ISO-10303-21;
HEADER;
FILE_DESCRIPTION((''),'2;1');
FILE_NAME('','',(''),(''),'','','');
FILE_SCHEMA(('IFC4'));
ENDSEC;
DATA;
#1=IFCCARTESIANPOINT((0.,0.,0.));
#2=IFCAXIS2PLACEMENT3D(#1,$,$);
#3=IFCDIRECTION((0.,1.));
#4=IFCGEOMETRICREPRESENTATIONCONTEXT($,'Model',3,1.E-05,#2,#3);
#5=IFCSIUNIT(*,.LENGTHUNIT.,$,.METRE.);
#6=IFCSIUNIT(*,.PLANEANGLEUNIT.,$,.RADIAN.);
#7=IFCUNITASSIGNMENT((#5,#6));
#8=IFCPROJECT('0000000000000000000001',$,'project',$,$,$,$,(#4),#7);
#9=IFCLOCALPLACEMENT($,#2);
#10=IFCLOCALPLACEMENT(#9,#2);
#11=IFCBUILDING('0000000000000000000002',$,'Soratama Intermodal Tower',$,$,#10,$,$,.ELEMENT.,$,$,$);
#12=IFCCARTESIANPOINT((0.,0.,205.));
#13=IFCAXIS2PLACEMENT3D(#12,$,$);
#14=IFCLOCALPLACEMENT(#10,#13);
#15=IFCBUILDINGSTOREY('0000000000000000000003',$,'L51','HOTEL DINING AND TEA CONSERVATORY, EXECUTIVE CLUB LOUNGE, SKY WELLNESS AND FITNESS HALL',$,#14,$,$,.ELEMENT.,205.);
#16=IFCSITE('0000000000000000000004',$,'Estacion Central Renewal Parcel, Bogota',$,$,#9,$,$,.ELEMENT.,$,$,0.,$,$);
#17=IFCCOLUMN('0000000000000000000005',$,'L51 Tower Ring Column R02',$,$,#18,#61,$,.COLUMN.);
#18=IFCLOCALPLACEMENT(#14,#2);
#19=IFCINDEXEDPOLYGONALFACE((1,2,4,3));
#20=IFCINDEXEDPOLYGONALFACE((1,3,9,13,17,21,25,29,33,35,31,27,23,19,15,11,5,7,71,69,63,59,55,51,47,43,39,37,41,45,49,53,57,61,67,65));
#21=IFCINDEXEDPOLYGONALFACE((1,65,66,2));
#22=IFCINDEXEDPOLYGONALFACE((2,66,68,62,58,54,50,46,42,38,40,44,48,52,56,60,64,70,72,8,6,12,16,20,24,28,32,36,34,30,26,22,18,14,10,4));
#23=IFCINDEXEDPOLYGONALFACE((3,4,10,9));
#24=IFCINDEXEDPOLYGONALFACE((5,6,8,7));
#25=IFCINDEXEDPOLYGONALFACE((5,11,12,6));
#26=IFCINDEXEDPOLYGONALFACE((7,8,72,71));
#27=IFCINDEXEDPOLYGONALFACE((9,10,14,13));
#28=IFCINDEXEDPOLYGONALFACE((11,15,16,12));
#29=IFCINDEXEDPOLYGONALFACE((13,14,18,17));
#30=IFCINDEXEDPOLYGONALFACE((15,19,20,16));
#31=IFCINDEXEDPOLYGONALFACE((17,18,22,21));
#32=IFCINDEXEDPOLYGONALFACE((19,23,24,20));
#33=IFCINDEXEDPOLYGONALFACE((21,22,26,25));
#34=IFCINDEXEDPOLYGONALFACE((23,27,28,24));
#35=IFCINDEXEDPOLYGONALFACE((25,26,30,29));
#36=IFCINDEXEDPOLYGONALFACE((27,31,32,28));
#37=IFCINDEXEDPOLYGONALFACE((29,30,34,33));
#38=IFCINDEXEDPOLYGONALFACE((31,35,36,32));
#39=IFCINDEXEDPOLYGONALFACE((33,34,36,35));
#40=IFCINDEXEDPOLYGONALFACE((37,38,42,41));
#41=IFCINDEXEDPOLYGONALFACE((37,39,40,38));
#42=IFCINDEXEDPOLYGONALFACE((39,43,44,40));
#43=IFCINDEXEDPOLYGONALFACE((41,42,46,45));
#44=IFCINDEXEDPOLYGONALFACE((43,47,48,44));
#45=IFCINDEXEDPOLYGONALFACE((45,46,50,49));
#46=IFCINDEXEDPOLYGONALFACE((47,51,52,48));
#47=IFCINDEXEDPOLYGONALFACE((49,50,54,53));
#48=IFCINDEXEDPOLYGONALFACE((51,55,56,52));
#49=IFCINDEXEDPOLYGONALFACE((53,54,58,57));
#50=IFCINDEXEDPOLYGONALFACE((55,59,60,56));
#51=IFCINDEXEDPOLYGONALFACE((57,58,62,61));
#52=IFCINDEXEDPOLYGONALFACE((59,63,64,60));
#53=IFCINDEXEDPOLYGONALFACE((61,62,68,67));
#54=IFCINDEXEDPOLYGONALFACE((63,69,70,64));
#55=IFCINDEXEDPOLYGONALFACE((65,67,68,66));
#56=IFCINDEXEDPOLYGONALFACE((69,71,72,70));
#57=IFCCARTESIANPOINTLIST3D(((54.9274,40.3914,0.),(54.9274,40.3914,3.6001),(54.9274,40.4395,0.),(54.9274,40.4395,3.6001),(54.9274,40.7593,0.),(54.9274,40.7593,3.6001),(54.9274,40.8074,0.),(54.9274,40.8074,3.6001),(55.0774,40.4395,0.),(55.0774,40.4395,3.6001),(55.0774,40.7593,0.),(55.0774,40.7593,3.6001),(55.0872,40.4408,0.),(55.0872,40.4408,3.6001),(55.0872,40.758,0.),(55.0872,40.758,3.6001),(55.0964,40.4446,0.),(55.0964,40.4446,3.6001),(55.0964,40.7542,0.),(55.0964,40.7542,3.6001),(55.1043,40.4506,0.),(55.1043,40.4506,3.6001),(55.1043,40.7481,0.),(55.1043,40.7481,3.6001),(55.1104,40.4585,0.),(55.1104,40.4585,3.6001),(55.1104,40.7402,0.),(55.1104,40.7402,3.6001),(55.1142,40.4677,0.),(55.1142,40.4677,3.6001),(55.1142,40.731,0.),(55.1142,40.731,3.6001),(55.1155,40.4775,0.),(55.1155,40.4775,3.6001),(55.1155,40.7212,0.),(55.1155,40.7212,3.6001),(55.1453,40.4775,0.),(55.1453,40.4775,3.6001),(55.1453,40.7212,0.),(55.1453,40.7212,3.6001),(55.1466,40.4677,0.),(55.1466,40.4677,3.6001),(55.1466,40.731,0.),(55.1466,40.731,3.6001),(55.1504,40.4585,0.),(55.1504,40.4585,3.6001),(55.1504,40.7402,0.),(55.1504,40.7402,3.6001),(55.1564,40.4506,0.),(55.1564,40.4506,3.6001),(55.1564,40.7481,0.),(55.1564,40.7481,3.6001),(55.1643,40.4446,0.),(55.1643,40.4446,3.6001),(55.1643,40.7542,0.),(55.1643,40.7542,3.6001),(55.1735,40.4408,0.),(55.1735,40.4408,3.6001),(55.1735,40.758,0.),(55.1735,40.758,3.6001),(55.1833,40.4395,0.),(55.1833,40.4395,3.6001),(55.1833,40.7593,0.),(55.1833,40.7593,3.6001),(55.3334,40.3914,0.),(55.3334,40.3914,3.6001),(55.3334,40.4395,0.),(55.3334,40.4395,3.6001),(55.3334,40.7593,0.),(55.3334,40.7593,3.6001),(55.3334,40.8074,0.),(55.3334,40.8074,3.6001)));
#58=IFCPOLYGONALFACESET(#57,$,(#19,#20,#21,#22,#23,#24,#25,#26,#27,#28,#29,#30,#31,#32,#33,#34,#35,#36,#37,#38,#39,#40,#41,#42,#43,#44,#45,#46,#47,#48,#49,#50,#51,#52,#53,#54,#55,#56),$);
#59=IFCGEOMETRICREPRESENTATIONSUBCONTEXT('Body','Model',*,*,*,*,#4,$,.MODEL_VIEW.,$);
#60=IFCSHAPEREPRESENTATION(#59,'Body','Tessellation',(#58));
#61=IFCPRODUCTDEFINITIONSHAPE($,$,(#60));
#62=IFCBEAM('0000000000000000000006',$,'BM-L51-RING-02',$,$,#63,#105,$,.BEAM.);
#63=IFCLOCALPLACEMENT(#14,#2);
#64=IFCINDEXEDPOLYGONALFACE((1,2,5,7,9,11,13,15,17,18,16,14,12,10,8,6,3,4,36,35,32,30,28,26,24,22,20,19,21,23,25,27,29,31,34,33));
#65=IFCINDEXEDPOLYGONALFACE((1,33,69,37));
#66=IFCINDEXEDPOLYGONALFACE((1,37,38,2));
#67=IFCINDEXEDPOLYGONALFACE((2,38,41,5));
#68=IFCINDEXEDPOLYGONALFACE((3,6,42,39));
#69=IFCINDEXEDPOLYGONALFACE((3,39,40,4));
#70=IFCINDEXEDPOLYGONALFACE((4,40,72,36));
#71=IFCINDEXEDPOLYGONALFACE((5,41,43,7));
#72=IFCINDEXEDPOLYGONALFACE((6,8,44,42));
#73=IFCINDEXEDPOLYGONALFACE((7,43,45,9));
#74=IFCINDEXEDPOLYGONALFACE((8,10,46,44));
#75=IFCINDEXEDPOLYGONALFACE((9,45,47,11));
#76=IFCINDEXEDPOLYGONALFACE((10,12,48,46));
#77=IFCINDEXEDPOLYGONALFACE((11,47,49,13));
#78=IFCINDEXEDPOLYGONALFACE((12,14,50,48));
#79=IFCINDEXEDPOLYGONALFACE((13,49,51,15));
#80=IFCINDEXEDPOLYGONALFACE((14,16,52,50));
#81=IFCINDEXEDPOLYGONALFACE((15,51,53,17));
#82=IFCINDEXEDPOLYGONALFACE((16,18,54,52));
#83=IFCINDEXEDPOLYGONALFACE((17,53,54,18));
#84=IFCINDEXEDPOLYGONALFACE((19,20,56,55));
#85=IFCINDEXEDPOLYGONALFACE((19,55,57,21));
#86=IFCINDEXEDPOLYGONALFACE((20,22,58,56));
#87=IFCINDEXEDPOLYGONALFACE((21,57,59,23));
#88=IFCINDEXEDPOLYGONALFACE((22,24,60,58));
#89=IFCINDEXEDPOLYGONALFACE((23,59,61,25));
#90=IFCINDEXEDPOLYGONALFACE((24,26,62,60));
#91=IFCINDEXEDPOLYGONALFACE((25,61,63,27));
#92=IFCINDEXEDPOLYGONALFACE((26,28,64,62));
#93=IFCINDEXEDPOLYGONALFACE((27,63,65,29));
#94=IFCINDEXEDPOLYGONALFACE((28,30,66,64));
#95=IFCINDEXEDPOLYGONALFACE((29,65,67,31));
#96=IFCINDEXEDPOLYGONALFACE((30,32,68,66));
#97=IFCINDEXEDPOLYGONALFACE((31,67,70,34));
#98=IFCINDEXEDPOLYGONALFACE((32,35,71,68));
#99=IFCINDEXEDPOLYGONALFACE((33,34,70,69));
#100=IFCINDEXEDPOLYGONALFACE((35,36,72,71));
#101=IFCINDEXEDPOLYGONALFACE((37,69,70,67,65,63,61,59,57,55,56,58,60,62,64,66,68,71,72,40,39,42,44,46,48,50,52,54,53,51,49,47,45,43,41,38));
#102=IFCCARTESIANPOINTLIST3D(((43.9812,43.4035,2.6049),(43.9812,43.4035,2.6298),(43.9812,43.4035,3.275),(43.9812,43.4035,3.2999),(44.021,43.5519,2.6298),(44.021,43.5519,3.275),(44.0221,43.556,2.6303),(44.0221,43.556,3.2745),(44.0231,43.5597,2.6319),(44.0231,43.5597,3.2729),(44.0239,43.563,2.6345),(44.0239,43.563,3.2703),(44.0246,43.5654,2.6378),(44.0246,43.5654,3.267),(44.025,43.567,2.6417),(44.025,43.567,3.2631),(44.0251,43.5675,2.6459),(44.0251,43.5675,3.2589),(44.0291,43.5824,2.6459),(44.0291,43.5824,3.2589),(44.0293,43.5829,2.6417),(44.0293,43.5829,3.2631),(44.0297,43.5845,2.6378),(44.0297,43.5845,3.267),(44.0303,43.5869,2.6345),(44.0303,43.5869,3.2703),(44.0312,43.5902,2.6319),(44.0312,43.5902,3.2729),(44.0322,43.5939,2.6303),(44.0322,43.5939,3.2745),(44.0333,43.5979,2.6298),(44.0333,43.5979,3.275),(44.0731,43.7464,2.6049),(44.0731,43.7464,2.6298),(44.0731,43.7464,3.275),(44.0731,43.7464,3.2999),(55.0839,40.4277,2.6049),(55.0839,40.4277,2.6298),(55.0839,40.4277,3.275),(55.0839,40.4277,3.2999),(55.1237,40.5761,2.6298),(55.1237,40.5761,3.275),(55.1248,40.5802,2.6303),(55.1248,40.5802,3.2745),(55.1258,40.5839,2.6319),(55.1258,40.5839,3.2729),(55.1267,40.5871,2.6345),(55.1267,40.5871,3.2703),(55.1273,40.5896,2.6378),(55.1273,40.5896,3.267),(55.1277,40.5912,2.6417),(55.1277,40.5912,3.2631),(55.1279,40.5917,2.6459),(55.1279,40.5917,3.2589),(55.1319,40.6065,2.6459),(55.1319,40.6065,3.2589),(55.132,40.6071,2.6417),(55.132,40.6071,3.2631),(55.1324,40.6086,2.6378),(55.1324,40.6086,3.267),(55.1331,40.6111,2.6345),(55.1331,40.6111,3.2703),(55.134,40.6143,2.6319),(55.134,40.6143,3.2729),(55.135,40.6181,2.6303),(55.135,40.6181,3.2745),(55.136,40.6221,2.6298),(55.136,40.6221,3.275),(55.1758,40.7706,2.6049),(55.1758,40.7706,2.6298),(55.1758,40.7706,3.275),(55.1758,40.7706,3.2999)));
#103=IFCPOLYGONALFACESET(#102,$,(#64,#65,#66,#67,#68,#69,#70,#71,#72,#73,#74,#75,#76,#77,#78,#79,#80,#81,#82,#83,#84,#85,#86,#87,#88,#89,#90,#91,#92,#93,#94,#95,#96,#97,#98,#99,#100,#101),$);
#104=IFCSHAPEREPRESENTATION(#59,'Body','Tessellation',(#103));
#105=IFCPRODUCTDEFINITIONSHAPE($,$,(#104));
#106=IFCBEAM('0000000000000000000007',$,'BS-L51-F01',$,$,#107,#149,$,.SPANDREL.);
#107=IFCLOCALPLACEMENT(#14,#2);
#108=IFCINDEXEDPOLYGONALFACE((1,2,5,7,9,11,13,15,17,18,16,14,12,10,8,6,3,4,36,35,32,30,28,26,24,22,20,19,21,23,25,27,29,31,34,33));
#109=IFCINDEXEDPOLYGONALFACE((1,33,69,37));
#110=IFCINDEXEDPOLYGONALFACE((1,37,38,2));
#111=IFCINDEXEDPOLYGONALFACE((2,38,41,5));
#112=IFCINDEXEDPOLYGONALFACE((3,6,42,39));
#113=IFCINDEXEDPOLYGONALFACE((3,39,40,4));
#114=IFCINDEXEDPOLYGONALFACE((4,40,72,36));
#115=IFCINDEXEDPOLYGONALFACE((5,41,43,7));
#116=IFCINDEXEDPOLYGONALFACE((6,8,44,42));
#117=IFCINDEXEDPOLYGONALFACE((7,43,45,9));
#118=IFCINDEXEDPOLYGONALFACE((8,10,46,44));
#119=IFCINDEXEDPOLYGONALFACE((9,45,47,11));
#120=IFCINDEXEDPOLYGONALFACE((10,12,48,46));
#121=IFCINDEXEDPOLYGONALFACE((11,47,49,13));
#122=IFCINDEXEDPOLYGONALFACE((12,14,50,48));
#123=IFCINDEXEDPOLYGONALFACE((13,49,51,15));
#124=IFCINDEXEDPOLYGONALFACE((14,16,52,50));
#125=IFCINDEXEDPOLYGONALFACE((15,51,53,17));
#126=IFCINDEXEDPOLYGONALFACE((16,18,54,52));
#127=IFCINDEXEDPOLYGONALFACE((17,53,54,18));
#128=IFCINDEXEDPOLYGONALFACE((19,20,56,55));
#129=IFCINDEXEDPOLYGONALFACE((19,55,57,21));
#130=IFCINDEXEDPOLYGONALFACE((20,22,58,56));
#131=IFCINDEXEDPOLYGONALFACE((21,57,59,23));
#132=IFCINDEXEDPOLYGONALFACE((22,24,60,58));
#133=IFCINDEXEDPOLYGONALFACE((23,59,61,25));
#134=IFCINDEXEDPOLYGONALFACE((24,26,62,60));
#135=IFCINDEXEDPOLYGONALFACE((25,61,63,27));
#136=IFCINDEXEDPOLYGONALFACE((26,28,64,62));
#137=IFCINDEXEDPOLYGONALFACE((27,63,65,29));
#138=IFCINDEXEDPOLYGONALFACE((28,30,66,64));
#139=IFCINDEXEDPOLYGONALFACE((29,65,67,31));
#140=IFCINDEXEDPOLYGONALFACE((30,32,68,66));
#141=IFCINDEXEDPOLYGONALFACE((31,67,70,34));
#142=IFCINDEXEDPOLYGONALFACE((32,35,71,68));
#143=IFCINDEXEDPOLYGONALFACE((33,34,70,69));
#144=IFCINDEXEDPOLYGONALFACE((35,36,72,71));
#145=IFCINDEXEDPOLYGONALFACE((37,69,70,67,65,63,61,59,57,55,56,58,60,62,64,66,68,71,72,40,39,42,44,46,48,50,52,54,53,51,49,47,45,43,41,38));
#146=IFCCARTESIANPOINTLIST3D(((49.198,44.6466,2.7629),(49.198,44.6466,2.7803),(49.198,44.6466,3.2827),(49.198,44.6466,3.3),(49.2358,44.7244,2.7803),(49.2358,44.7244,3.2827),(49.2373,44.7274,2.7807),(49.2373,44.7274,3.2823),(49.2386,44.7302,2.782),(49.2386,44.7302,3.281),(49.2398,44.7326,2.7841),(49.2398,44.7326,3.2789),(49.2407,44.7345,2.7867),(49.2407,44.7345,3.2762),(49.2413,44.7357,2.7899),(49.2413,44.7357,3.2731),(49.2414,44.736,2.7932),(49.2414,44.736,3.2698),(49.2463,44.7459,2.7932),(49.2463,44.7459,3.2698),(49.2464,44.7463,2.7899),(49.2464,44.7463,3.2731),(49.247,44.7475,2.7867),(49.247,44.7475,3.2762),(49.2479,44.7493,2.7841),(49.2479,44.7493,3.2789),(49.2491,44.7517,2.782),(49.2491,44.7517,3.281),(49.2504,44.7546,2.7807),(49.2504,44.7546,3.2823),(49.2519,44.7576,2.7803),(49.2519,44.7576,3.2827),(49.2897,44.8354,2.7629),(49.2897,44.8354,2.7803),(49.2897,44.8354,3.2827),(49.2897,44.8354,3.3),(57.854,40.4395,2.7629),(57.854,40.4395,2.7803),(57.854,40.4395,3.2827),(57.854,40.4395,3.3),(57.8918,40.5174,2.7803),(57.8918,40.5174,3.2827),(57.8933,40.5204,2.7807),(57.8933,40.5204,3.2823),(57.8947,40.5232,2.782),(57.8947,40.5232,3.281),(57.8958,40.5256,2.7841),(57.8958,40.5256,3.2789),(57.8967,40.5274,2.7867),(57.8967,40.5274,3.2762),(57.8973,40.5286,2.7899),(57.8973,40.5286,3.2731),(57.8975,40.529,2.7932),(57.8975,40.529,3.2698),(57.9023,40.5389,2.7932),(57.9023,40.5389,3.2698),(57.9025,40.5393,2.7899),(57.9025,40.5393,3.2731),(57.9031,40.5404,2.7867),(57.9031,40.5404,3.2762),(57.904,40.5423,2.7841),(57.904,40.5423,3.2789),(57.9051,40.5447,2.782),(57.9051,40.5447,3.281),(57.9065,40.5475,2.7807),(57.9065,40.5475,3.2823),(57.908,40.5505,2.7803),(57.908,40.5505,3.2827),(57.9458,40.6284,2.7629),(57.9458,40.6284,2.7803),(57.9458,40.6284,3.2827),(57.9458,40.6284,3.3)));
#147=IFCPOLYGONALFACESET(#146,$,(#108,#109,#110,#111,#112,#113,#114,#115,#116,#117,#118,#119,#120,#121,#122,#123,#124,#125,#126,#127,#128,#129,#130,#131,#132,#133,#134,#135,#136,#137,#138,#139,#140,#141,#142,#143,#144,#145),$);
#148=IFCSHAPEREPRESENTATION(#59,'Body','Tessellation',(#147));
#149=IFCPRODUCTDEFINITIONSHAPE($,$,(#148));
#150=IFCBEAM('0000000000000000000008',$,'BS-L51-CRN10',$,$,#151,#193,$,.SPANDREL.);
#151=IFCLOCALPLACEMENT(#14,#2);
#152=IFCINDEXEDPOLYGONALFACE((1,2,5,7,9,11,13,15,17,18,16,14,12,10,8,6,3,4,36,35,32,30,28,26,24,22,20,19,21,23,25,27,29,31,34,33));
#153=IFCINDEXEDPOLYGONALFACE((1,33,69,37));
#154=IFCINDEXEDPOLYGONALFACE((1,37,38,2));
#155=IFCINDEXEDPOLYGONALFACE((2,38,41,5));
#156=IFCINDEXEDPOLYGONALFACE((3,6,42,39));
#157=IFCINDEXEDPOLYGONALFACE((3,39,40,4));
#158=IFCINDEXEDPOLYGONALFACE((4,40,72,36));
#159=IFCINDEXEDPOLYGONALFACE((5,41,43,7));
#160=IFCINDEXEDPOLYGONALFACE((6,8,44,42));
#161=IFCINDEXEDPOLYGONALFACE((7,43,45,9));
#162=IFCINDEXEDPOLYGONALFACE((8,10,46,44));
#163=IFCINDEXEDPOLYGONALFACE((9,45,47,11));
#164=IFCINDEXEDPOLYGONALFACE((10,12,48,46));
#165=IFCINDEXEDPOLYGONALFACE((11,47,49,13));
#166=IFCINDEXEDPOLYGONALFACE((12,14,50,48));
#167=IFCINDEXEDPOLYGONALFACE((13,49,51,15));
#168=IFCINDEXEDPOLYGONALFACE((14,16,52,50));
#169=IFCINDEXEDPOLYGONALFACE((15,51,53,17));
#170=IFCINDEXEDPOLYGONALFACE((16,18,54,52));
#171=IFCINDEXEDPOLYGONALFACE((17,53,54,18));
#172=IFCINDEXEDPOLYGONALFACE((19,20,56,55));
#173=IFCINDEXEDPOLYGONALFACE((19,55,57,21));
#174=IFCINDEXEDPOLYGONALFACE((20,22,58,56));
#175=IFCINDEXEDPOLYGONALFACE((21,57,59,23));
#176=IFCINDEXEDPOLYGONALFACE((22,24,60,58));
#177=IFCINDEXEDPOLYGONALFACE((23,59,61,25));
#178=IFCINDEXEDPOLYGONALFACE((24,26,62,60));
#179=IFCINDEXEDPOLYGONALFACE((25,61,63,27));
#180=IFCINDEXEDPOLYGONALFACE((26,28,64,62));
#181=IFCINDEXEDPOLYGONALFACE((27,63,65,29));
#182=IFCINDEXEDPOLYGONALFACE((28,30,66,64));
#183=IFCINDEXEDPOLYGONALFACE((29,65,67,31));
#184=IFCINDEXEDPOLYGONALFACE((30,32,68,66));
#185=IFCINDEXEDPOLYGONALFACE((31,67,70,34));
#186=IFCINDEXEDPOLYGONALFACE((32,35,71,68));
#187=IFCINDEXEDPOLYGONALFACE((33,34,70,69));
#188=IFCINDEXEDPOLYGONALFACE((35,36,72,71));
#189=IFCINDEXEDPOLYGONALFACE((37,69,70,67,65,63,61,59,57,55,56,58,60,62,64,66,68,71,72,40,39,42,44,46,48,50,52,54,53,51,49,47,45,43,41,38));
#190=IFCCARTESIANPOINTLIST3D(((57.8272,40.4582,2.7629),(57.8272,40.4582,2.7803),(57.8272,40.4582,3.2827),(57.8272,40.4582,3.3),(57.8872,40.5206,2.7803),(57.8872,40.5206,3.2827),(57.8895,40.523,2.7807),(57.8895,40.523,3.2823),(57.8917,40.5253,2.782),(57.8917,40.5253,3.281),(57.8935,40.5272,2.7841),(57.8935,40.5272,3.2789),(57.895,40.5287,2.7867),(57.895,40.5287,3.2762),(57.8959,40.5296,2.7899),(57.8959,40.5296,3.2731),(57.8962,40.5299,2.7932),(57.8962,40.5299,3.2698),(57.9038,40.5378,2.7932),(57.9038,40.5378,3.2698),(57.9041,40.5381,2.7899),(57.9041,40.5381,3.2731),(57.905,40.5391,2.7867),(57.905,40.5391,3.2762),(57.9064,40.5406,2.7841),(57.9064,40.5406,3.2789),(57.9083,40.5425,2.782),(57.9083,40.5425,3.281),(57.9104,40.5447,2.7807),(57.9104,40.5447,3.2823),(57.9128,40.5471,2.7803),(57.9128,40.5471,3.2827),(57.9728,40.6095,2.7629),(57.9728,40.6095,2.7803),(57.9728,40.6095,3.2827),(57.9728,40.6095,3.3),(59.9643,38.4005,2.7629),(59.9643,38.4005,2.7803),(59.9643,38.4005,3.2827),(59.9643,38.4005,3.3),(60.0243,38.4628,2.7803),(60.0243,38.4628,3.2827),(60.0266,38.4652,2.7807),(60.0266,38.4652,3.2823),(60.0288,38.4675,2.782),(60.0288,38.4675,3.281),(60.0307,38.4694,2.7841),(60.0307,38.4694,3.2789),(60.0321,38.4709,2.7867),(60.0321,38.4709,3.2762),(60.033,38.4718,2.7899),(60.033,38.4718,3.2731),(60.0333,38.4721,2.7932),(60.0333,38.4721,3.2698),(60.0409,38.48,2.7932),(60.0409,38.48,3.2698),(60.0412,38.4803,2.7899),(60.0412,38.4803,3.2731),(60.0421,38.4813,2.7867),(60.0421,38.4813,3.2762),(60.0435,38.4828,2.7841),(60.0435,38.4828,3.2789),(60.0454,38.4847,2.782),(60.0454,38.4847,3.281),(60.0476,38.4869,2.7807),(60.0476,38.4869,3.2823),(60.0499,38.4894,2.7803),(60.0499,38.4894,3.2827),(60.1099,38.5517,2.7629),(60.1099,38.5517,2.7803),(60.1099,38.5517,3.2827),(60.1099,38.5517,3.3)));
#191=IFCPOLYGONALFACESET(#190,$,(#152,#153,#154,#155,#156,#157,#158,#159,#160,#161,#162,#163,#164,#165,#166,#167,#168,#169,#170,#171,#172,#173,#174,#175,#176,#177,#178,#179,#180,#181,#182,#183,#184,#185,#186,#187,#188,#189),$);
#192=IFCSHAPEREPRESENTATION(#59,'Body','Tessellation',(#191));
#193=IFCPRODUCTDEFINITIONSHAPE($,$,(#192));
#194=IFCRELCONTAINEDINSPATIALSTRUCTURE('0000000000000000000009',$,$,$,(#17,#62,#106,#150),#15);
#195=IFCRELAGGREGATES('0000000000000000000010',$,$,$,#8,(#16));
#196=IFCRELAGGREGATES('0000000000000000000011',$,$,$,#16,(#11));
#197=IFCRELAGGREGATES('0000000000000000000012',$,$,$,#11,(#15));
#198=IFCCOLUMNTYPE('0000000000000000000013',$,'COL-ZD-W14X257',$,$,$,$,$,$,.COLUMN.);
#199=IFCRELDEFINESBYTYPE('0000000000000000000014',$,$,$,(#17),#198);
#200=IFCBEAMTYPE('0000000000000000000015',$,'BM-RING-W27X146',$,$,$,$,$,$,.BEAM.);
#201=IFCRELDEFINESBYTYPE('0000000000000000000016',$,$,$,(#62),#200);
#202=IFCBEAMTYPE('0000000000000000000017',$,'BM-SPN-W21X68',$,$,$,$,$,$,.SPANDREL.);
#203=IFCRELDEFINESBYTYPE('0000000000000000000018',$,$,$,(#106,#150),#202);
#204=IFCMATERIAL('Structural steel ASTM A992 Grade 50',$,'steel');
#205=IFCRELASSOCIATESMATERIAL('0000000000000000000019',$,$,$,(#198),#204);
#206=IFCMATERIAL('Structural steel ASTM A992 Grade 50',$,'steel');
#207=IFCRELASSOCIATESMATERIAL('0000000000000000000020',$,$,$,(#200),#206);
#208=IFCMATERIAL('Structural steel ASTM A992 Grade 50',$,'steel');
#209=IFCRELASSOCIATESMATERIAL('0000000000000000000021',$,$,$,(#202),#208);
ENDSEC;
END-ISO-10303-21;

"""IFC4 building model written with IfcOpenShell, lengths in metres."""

from ifc_helpers import new_model, si_unit, direction, frame, origin, origin_2d, place, context, subcontext, project, spatial, i_section, extrude, material, material_profile, profile_set, type_object, element, save


model = new_model("IFC4")

# Units and contexts
model_context = context("Model", 3, precision=1e-05, world=origin(), true_north=direction((0.0, 1.0)))
body_context = subcontext(model_context, "Body", "Model", "MODEL_VIEW")
ifc_project = project(units=[si_unit("LENGTHUNIT", "METRE"), si_unit("PLANEANGLEUNIT", "RADIAN")], contexts=[model_context])

# Site, building, storey
site_placement = place(None, origin())
site = spatial("IfcSite", under=ifc_project, at=site_placement, Name="Estacion Central Renewal Parcel, Bogota", CompositionType="ELEMENT", RefElevation=0.0)
building_placement = place(site_placement, origin())
building = spatial("IfcBuilding", under=site, at=building_placement, Name="Soratama Intermodal Tower", CompositionType="ELEMENT")
storey_placement = place(building_placement, frame((0.0, 0.0, 205.0)))
storey = spatial("IfcBuildingStorey", under=building, at=storey_placement, Name="L51", Description="HOTEL DINING AND TEA CONSERVATORY, EXECUTIVE CLUB LOUNGE, SKY WELLNESS AND FITNESS HALL", CompositionType="ELEMENT", Elevation=205.0)

# Column
ifc_material_1 = material(Name="Structural steel ASTM A992 Grade 50", Category="steel")
ifc_material_profile_1 = material_profile(ifc_material_1, i_section(OverallWidth=0.406, OverallDepth=0.416, WebThickness=0.0298, FlangeThickness=0.0481, FilletRadius=0.0381, at=origin_2d()), Name="W14X257")
ifc_profile_set_1 = profile_set([ifc_material_profile_1], Name="Structural steel ASTM A992 Grade 50")
column_type = type_object("IfcColumnType", Name="COL-ZD-W14X257", PredefinedType="COLUMN", material=ifc_profile_set_1)
column_placement = place(storey_placement, frame((55.1304, 40.5994, 0.0), z_axis=(0.0, 0.0, 1.0), x_axis=(1.0, 0.0, 0.0)))
element("IfcColumn", 1, at=column_placement, inside=storey, type_object=column_type, Name="L51 Tower Ring Column R02", PredefinedType="COLUMN", context=body_context, shape_type="SweptSolid", body=[
    extrude(i_section(OverallWidth=0.406, OverallDepth=0.416, WebThickness=0.0298, FlangeThickness=0.0481, FilletRadius=0.0381, at=origin_2d()), origin(), (0.0, 0.0, 1.0), 3.6001),
])

# Beams
ifc_material_2 = material(Name="Structural steel ASTM A992 Grade 50", Category="steel")
ifc_material_profile_2 = material_profile(ifc_material_2, i_section(OverallWidth=0.355, OverallDepth=0.6951, WebThickness=0.0154, FlangeThickness=0.0249, FilletRadius=0.0161, at=origin_2d()), Name="W27X146")
ifc_profile_set_2 = profile_set([ifc_material_profile_2], Name="Structural steel ASTM A992 Grade 50")
beam_type_1 = type_object("IfcBeamType", Name="BM-RING-W27X146", PredefinedType="BEAM", material=ifc_profile_set_2)
beam_1_placement = place(storey_placement, frame((55.1299, 40.5991, 2.9524), z_axis=(-0.965907, 0.258888, 0.0), x_axis=(-0.258888, -0.965907, 0.0)))
element("IfcBeam", 2, at=beam_1_placement, inside=storey, type_object=beam_type_1, Name="BM-L51-RING-02", PredefinedType="BEAM", context=body_context, shape_type="SweptSolid", body=[
    extrude(i_section(OverallWidth=0.355, OverallDepth=0.6951, WebThickness=0.0154, FlangeThickness=0.0249, FilletRadius=0.0161, at=origin_2d()), origin(), (0.0, 0.0, 1.0), 11.4946),
])
ifc_material_3 = material(Name="Structural steel ASTM A992 Grade 50", Category="steel")
ifc_material_profile_3 = material_profile(ifc_material_3, i_section(OverallWidth=0.21, OverallDepth=0.5371, WebThickness=0.011, FlangeThickness=0.0173, FilletRadius=0.0129, at=origin_2d()), Name="W21X68")
ifc_profile_set_3 = profile_set([ifc_material_profile_3], Name="Structural steel ASTM A992 Grade 50")
beam_type_2 = type_object("IfcBeamType", Name="BM-SPN-W21X68", PredefinedType="SPANDREL", material=ifc_profile_set_3)
beam_2_placement = place(storey_placement, frame((57.8999, 40.5339, 3.0315), z_axis=(-0.899398, 0.43713, 0.0), x_axis=(-0.43713, -0.899398, 0.0)))
element("IfcBeam", 3, at=beam_2_placement, inside=storey, type_object=beam_type_2, Name="BS-L51-F01", PredefinedType="SPANDREL", context=body_context, shape_type="SweptSolid", body=[
    extrude(i_section(OverallWidth=0.21, OverallDepth=0.5371, WebThickness=0.011, FlangeThickness=0.0173, FilletRadius=0.0129, at=origin_2d()), origin(), (0.0, 0.0, 1.0), 9.6243),
])
beam_3_placement = place(storey_placement, frame((60.0371, 38.4761, 3.0315), z_axis=(-0.720352, 0.693608, 0.0), x_axis=(-0.693608, -0.720352, 0.0)))
element("IfcBeam", 4, at=beam_3_placement, inside=storey, type_object=beam_type_2, Name="BS-L51-CRN10", PredefinedType="SPANDREL", context=body_context, shape_type="SweptSolid", body=[
    extrude(i_section(OverallWidth=0.21, OverallDepth=0.5371, WebThickness=0.011, FlangeThickness=0.0173, FilletRadius=0.0129, at=origin_2d()), origin(), (0.0, 0.0, 1.0), 2.9668),
])

save(model, "model.ifc")
